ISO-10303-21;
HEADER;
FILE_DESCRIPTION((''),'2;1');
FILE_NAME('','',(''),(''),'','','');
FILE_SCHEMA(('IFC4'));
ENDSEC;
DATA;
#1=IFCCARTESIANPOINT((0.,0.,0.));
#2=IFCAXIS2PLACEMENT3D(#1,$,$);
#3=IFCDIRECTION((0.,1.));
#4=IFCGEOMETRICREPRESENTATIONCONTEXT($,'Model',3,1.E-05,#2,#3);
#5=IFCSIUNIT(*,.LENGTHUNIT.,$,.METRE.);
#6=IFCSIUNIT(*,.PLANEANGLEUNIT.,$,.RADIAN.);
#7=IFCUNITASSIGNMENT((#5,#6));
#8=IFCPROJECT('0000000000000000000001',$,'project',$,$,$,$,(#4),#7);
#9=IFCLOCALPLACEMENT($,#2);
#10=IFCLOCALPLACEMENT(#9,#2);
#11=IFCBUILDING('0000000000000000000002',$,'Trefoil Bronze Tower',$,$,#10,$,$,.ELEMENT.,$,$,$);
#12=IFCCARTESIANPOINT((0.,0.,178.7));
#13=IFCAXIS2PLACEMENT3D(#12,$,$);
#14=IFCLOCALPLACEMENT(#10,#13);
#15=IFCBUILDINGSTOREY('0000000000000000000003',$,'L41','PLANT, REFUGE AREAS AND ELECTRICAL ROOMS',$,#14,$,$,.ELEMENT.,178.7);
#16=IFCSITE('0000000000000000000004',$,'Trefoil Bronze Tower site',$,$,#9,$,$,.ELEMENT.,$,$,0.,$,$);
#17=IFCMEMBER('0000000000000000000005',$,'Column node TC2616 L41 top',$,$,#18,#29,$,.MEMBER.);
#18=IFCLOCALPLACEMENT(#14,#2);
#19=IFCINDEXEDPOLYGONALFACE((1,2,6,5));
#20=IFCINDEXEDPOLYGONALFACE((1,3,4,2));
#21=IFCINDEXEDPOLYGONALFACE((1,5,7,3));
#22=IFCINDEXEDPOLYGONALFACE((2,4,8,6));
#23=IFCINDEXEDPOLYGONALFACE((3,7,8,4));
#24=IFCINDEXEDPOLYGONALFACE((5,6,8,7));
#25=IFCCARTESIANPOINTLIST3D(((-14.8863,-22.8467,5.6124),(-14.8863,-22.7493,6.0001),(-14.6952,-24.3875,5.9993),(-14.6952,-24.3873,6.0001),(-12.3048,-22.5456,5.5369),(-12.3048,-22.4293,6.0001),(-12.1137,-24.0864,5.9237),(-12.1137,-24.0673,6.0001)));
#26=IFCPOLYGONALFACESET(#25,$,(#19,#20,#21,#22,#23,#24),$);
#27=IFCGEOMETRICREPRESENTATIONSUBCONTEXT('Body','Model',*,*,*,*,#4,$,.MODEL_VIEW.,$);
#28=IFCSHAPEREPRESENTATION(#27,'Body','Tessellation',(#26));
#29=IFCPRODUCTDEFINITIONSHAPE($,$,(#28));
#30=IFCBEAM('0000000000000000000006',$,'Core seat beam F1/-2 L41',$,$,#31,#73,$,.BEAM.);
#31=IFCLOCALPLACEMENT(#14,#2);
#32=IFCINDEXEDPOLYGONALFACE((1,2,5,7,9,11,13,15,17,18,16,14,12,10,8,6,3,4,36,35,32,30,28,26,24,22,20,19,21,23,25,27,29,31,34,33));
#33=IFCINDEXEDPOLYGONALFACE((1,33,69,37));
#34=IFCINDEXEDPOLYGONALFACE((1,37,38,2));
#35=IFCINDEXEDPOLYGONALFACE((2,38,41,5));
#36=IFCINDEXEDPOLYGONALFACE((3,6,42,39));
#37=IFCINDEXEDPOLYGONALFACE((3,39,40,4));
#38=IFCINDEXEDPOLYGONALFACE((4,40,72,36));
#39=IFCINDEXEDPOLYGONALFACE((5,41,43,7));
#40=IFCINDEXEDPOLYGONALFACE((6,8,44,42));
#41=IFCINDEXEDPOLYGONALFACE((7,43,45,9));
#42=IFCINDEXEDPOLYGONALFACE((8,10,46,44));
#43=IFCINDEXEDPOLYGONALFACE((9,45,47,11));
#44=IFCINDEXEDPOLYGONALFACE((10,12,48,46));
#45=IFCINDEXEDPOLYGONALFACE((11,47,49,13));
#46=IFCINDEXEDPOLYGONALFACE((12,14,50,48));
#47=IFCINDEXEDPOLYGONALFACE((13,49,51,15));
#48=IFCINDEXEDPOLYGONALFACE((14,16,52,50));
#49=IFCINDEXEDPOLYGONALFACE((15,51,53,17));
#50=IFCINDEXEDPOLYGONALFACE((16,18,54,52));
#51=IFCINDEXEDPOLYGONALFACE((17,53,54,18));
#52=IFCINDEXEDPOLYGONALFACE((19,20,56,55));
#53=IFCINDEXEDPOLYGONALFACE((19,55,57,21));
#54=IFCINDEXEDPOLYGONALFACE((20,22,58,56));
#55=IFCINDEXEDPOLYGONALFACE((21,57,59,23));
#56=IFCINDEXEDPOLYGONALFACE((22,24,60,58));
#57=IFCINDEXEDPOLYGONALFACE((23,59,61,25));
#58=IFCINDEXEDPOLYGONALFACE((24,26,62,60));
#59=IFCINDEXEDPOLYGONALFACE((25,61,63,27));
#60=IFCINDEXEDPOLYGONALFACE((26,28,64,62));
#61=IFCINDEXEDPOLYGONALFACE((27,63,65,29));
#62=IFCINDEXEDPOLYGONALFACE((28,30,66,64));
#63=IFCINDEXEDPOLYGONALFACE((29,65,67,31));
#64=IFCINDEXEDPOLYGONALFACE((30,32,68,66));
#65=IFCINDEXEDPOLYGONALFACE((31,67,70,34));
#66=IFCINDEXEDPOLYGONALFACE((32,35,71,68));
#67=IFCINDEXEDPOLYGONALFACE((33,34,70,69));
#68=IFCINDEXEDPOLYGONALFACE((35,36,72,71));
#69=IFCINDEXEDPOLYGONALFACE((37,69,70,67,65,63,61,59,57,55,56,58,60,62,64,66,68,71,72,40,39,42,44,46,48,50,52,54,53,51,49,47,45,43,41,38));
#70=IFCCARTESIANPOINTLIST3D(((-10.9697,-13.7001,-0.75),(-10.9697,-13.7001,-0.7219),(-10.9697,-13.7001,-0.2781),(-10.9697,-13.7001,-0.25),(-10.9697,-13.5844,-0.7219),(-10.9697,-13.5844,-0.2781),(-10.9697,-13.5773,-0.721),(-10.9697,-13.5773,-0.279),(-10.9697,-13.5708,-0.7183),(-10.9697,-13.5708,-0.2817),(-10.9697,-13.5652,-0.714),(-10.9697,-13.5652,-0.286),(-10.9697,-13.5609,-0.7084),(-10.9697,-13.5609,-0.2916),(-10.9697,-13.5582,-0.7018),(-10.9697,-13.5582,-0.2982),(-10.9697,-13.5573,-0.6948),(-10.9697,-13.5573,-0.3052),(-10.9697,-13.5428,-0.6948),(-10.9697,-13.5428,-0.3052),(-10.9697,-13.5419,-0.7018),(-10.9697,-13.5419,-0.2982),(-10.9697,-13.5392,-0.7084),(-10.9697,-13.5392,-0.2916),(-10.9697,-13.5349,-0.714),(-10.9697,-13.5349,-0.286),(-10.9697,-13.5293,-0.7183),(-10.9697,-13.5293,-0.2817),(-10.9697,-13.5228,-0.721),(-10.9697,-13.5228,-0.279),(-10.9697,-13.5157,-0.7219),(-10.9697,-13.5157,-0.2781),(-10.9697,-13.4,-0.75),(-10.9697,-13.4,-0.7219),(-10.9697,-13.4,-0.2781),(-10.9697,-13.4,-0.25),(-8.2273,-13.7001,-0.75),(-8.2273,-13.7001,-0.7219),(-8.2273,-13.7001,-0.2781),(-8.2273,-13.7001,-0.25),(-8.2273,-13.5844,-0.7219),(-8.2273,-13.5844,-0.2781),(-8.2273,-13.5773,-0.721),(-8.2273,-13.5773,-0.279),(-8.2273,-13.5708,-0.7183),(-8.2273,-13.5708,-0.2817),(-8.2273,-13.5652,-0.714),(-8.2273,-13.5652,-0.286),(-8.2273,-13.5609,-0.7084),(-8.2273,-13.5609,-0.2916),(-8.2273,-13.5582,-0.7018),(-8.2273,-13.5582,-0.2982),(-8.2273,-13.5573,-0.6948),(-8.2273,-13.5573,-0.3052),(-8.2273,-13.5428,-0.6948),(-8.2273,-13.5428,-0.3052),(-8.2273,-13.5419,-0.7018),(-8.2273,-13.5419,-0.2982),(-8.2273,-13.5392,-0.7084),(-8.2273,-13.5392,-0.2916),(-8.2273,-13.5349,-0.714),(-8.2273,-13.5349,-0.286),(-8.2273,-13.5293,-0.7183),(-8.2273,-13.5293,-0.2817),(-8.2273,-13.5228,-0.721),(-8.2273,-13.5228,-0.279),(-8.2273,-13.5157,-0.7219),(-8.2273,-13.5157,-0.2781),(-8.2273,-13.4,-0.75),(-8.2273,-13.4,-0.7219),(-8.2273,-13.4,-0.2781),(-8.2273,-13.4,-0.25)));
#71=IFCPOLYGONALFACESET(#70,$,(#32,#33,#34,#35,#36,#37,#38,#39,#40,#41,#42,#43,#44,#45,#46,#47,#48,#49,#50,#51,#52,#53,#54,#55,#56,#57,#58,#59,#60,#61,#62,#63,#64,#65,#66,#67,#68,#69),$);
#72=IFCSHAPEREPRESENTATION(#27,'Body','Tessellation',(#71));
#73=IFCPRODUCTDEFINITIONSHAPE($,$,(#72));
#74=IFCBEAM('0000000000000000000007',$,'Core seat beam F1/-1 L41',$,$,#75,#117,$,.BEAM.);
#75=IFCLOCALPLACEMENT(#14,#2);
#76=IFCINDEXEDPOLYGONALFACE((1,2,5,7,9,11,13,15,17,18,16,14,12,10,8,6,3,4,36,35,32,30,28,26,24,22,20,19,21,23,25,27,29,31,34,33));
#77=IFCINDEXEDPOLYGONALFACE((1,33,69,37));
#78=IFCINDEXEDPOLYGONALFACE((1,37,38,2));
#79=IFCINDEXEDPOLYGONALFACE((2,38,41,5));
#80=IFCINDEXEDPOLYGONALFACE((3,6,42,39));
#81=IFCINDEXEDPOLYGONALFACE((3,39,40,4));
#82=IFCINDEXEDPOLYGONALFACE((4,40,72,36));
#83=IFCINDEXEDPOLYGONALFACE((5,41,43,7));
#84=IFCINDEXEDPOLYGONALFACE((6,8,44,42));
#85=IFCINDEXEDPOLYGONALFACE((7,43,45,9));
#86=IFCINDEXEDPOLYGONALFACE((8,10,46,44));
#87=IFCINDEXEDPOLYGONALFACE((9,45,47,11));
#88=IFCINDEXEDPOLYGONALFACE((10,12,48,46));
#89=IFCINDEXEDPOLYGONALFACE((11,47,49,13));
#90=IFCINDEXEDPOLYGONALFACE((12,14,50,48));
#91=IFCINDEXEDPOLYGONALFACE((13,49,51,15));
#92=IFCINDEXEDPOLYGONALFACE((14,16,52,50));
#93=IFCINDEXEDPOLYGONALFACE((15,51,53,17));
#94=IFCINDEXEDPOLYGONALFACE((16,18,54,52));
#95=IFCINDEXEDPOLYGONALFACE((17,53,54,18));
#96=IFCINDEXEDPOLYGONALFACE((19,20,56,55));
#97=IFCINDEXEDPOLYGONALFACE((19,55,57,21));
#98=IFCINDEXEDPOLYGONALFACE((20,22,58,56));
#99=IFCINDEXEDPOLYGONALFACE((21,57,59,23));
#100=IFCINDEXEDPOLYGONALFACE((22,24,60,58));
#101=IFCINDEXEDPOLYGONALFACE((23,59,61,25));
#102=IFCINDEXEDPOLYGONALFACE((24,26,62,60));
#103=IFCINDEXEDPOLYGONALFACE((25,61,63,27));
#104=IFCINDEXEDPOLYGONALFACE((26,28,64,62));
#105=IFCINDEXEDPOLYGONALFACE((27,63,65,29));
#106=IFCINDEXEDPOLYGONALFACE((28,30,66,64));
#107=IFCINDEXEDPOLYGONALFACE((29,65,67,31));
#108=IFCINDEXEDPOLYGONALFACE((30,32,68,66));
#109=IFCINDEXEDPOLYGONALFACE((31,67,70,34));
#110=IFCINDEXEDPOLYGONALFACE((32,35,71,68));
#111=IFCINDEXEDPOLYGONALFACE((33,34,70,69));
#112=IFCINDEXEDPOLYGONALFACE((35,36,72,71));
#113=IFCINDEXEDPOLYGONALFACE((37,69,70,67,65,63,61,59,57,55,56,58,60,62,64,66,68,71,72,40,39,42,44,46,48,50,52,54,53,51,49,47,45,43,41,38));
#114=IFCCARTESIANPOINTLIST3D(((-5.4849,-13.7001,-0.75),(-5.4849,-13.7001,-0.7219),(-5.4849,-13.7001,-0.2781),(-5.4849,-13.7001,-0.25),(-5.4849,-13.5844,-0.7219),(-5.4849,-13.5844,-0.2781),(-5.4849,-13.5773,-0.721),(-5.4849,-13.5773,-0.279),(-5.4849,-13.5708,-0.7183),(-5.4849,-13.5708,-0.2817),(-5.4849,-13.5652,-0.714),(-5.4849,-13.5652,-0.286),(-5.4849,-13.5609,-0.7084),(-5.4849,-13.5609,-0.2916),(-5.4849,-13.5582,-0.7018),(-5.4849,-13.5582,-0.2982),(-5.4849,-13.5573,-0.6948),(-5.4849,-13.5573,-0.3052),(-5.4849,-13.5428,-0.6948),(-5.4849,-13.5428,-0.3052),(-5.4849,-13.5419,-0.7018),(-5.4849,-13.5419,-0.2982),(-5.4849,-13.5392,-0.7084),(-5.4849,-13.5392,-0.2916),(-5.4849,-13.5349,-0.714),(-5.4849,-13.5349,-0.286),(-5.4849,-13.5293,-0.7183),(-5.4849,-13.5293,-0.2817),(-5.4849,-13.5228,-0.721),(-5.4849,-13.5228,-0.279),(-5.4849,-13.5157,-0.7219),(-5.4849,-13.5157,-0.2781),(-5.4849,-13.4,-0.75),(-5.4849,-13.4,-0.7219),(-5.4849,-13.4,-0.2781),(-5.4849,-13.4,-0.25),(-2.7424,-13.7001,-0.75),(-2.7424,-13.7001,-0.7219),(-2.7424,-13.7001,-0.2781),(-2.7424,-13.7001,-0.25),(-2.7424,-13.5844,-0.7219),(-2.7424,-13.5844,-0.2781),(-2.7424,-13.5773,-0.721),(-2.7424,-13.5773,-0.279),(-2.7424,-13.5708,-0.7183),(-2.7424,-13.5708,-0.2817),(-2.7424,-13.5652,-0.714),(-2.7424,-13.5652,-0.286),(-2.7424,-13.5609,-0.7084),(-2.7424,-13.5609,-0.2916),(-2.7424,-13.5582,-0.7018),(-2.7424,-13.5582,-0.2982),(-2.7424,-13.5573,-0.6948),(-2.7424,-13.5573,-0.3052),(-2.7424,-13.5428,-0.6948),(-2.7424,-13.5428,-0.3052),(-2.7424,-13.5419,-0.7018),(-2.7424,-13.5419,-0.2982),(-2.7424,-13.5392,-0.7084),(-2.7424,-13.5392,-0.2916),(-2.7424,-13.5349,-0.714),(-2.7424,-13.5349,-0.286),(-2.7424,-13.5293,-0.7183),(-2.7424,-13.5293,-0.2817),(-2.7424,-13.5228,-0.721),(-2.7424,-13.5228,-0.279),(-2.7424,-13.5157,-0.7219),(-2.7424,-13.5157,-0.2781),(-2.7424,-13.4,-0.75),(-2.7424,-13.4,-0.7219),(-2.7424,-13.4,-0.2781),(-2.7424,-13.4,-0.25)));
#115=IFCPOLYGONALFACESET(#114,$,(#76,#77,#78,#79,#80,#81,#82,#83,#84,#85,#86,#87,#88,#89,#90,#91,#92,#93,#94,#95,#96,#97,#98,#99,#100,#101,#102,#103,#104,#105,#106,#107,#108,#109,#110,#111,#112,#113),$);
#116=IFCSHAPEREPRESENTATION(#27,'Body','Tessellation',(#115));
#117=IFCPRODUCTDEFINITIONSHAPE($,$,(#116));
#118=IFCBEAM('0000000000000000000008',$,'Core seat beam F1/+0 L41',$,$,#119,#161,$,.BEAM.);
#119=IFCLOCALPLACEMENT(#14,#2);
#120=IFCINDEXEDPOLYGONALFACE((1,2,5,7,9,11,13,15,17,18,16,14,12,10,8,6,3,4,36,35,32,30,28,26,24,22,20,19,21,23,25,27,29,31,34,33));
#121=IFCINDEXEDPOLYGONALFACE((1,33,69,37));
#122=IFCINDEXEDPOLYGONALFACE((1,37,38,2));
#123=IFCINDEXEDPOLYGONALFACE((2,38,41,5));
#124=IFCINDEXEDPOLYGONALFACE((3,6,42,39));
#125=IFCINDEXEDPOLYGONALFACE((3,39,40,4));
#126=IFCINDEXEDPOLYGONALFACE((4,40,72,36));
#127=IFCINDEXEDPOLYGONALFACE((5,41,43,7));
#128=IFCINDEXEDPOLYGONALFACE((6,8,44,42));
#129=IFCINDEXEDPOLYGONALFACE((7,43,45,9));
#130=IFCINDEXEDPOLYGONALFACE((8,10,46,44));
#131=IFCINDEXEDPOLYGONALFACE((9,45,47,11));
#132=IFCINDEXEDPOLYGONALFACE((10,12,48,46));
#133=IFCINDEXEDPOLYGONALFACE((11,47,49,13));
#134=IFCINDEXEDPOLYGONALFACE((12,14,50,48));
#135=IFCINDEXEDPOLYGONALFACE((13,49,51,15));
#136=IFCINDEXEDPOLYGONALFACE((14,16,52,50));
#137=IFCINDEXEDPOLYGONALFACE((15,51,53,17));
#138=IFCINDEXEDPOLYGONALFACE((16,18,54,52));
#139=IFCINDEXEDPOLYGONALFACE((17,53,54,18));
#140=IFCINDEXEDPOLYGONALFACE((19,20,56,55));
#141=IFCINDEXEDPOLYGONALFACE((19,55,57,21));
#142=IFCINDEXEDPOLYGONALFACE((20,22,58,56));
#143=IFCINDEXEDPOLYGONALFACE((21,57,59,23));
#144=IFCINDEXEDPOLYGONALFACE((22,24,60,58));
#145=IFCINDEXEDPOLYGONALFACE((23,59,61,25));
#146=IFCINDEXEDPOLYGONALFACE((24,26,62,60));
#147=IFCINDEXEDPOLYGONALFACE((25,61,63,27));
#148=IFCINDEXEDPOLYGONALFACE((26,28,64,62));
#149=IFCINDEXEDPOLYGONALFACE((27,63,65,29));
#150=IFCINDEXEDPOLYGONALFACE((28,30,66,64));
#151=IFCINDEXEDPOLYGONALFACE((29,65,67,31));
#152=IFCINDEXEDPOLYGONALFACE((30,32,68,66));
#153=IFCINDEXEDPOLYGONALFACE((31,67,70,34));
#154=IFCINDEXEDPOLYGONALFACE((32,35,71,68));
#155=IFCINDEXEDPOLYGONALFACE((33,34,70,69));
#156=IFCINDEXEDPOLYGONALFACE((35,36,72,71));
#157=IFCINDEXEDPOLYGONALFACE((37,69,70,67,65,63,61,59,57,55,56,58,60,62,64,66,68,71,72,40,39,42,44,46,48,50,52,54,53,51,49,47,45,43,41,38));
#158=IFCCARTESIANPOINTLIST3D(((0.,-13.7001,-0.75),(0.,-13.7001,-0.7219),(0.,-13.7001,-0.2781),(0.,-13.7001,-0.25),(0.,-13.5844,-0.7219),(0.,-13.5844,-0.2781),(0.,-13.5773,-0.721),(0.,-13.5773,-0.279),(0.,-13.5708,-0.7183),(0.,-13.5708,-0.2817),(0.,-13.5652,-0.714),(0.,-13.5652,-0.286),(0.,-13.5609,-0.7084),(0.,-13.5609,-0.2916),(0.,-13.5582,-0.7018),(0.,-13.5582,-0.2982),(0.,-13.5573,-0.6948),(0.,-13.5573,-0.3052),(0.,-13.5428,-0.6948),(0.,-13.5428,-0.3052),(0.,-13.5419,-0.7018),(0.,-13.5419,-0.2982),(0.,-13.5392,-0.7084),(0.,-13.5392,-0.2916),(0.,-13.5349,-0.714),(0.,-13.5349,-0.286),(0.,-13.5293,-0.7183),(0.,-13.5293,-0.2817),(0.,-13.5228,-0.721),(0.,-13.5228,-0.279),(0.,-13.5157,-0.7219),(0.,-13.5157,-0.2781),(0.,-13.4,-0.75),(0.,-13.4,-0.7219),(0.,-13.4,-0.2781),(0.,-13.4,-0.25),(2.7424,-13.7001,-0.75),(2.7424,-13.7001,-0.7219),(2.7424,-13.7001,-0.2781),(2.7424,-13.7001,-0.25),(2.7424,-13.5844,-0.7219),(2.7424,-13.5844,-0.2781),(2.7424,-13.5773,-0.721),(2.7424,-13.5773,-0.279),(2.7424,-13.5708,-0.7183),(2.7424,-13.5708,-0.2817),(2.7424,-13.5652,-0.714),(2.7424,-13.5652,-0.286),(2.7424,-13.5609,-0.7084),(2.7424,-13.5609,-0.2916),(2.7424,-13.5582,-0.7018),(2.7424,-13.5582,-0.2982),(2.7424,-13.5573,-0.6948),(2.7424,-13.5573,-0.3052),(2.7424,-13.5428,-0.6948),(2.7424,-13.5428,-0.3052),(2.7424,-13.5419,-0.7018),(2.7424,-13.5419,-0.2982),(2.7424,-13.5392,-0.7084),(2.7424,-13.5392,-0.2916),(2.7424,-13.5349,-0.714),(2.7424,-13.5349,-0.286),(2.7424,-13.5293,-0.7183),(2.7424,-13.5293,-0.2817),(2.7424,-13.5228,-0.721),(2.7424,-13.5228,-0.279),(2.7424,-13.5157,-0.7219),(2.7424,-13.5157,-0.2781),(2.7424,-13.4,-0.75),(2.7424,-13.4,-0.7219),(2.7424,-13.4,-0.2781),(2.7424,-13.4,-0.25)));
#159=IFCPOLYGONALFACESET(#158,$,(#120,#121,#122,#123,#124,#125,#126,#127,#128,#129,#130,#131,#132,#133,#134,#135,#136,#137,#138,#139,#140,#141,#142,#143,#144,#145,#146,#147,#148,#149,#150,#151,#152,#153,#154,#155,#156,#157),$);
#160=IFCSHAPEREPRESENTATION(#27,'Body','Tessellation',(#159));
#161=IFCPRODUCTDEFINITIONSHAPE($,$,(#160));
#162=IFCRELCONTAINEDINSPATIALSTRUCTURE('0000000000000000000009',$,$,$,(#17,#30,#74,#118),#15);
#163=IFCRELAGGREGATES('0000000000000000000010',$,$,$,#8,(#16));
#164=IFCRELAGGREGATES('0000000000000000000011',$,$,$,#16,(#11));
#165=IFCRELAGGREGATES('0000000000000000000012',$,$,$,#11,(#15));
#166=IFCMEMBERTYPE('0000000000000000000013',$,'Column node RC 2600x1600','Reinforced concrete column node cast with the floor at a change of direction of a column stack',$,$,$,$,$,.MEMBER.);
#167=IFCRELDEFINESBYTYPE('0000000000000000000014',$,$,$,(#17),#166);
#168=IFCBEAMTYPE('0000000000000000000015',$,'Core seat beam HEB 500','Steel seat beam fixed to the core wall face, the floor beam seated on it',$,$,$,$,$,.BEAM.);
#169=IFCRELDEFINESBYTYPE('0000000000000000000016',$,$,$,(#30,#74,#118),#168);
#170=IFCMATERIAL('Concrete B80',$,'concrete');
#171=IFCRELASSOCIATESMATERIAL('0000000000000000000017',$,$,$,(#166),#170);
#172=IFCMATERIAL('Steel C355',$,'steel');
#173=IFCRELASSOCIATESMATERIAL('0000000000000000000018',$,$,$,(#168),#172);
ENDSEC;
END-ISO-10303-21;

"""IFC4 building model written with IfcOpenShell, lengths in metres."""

from ifc_helpers import new_model, si_unit, direction, frame, origin, origin_2d, place, context, subcontext, project, spatial, rectangle, i_section, extrude, clip, halfspace, material, material_profile, profile_set, type_object, element, save


model = new_model("IFC4")

# Units and contexts
model_context = context("Model", 3, precision=1e-05, world=origin(), true_north=direction((0.0, 1.0)))
body_context = subcontext(model_context, "Body", "Model", "MODEL_VIEW")
ifc_project = project(units=[si_unit("LENGTHUNIT", "METRE"), si_unit("PLANEANGLEUNIT", "RADIAN")], contexts=[model_context])

# Site, building, storey
site_placement = place(None, origin())
site = spatial("IfcSite", under=ifc_project, at=site_placement, Name="Trefoil Bronze Tower site", CompositionType="ELEMENT", RefElevation=0.0)
building_placement = place(site_placement, origin())
building = spatial("IfcBuilding", under=site, at=building_placement, Name="Trefoil Bronze Tower", CompositionType="ELEMENT")
storey_placement = place(building_placement, frame((0.0, 0.0, 178.7)))
storey = spatial("IfcBuildingStorey", under=building, at=storey_placement, Name="L41", Description="PLANT, REFUGE AREAS AND ELECTRICAL ROOMS", CompositionType="ELEMENT", Elevation=178.7)

# Member
ifc_material_1 = material(Name="Concrete B80", Category="concrete")
ifc_material_profile_1 = material_profile(ifc_material_1, rectangle(XDim=2.6001, YDim=1.6001, at=origin_2d()), Name="RC 2600x1600")
ifc_profile_set_1 = profile_set([ifc_material_profile_1], Name="Concrete B80")
member_type_1 = type_object("IfcMemberType", Name="Column node RC 2600x1600", Description="Reinforced concrete column node cast with the floor at a change of direction of a column stack", PredefinedType="MEMBER", material=ifc_profile_set_1)
member_1_placement = place(storey_placement, frame((-13.5, -23.3501, 6.2319), z_axis=(0.0, -0.243496, -0.969902), x_axis=(-0.992849, -0.115785, 0.029068)))
element("IfcMember", 1, at=member_1_placement, inside=storey, type_object=member_type_1, Name="Column node TC2616 L41 top", PredefinedType="MEMBER", context=body_context, shape_type="Clipping", body=[
    clip(extrude(rectangle(XDim=2.6001, YDim=1.6001, at=origin_2d()), origin(), (0.0, 0.0, 1.0), 0.4783), halfspace(frame((0.0, 0.0, 0.239), z_axis=(-0.029068, 0.241755, 0.969902), x_axis=(0.0, 0.970312, -0.241857)), True)),
])

# Beams
ifc_material_2 = material(Name="Steel C355", Category="steel")
ifc_material_profile_2 = material_profile(ifc_material_2, i_section(OverallWidth=0.3, OverallDepth=0.5, WebThickness=0.0144, FlangeThickness=0.0281, FilletRadius=0.0271, at=origin_2d()), Name="HEB 500")
ifc_profile_set_2 = profile_set([ifc_material_profile_2], Name="Steel C355")
beam_type_1 = type_object("IfcBeamType", Name="Core seat beam HEB 500", Description="Steel seat beam fixed to the core wall face, the floor beam seated on it", PredefinedType="BEAM", material=ifc_profile_set_2)
for number, where, z_axis, x_axis, name in (
    (2, (-10.9697, -13.55, -0.5), (1.0, 0.0, 0.0), (0.0, 1.0, 0.0), "Core seat beam F1/-2 L41"),
    (3, (-5.4849, -13.55, -0.5), (1.0, 0.0, 0.0), (0.0, 1.0, 0.0), "Core seat beam F1/-1 L41"),
    (4, (0.0, -13.55, -0.5), (1.0, 0.0, 0.0), (0.0, 1.0, 0.0), "Core seat beam F1/+0 L41"),
):
    element("IfcBeam", number, at=place(storey_placement, frame(where, z_axis=z_axis, x_axis=x_axis)), inside=storey, type_object=beam_type_1, Name=name, PredefinedType="BEAM", context=body_context, shape_type="SweptSolid", body=[
        extrude(i_section(OverallWidth=0.3, OverallDepth=0.5, WebThickness=0.0144, FlangeThickness=0.0281, FilletRadius=0.0271, at=origin_2d()), origin(), (0.0, 0.0, 1.0), 2.7424),
    ])

save(model, "model.ifc")
